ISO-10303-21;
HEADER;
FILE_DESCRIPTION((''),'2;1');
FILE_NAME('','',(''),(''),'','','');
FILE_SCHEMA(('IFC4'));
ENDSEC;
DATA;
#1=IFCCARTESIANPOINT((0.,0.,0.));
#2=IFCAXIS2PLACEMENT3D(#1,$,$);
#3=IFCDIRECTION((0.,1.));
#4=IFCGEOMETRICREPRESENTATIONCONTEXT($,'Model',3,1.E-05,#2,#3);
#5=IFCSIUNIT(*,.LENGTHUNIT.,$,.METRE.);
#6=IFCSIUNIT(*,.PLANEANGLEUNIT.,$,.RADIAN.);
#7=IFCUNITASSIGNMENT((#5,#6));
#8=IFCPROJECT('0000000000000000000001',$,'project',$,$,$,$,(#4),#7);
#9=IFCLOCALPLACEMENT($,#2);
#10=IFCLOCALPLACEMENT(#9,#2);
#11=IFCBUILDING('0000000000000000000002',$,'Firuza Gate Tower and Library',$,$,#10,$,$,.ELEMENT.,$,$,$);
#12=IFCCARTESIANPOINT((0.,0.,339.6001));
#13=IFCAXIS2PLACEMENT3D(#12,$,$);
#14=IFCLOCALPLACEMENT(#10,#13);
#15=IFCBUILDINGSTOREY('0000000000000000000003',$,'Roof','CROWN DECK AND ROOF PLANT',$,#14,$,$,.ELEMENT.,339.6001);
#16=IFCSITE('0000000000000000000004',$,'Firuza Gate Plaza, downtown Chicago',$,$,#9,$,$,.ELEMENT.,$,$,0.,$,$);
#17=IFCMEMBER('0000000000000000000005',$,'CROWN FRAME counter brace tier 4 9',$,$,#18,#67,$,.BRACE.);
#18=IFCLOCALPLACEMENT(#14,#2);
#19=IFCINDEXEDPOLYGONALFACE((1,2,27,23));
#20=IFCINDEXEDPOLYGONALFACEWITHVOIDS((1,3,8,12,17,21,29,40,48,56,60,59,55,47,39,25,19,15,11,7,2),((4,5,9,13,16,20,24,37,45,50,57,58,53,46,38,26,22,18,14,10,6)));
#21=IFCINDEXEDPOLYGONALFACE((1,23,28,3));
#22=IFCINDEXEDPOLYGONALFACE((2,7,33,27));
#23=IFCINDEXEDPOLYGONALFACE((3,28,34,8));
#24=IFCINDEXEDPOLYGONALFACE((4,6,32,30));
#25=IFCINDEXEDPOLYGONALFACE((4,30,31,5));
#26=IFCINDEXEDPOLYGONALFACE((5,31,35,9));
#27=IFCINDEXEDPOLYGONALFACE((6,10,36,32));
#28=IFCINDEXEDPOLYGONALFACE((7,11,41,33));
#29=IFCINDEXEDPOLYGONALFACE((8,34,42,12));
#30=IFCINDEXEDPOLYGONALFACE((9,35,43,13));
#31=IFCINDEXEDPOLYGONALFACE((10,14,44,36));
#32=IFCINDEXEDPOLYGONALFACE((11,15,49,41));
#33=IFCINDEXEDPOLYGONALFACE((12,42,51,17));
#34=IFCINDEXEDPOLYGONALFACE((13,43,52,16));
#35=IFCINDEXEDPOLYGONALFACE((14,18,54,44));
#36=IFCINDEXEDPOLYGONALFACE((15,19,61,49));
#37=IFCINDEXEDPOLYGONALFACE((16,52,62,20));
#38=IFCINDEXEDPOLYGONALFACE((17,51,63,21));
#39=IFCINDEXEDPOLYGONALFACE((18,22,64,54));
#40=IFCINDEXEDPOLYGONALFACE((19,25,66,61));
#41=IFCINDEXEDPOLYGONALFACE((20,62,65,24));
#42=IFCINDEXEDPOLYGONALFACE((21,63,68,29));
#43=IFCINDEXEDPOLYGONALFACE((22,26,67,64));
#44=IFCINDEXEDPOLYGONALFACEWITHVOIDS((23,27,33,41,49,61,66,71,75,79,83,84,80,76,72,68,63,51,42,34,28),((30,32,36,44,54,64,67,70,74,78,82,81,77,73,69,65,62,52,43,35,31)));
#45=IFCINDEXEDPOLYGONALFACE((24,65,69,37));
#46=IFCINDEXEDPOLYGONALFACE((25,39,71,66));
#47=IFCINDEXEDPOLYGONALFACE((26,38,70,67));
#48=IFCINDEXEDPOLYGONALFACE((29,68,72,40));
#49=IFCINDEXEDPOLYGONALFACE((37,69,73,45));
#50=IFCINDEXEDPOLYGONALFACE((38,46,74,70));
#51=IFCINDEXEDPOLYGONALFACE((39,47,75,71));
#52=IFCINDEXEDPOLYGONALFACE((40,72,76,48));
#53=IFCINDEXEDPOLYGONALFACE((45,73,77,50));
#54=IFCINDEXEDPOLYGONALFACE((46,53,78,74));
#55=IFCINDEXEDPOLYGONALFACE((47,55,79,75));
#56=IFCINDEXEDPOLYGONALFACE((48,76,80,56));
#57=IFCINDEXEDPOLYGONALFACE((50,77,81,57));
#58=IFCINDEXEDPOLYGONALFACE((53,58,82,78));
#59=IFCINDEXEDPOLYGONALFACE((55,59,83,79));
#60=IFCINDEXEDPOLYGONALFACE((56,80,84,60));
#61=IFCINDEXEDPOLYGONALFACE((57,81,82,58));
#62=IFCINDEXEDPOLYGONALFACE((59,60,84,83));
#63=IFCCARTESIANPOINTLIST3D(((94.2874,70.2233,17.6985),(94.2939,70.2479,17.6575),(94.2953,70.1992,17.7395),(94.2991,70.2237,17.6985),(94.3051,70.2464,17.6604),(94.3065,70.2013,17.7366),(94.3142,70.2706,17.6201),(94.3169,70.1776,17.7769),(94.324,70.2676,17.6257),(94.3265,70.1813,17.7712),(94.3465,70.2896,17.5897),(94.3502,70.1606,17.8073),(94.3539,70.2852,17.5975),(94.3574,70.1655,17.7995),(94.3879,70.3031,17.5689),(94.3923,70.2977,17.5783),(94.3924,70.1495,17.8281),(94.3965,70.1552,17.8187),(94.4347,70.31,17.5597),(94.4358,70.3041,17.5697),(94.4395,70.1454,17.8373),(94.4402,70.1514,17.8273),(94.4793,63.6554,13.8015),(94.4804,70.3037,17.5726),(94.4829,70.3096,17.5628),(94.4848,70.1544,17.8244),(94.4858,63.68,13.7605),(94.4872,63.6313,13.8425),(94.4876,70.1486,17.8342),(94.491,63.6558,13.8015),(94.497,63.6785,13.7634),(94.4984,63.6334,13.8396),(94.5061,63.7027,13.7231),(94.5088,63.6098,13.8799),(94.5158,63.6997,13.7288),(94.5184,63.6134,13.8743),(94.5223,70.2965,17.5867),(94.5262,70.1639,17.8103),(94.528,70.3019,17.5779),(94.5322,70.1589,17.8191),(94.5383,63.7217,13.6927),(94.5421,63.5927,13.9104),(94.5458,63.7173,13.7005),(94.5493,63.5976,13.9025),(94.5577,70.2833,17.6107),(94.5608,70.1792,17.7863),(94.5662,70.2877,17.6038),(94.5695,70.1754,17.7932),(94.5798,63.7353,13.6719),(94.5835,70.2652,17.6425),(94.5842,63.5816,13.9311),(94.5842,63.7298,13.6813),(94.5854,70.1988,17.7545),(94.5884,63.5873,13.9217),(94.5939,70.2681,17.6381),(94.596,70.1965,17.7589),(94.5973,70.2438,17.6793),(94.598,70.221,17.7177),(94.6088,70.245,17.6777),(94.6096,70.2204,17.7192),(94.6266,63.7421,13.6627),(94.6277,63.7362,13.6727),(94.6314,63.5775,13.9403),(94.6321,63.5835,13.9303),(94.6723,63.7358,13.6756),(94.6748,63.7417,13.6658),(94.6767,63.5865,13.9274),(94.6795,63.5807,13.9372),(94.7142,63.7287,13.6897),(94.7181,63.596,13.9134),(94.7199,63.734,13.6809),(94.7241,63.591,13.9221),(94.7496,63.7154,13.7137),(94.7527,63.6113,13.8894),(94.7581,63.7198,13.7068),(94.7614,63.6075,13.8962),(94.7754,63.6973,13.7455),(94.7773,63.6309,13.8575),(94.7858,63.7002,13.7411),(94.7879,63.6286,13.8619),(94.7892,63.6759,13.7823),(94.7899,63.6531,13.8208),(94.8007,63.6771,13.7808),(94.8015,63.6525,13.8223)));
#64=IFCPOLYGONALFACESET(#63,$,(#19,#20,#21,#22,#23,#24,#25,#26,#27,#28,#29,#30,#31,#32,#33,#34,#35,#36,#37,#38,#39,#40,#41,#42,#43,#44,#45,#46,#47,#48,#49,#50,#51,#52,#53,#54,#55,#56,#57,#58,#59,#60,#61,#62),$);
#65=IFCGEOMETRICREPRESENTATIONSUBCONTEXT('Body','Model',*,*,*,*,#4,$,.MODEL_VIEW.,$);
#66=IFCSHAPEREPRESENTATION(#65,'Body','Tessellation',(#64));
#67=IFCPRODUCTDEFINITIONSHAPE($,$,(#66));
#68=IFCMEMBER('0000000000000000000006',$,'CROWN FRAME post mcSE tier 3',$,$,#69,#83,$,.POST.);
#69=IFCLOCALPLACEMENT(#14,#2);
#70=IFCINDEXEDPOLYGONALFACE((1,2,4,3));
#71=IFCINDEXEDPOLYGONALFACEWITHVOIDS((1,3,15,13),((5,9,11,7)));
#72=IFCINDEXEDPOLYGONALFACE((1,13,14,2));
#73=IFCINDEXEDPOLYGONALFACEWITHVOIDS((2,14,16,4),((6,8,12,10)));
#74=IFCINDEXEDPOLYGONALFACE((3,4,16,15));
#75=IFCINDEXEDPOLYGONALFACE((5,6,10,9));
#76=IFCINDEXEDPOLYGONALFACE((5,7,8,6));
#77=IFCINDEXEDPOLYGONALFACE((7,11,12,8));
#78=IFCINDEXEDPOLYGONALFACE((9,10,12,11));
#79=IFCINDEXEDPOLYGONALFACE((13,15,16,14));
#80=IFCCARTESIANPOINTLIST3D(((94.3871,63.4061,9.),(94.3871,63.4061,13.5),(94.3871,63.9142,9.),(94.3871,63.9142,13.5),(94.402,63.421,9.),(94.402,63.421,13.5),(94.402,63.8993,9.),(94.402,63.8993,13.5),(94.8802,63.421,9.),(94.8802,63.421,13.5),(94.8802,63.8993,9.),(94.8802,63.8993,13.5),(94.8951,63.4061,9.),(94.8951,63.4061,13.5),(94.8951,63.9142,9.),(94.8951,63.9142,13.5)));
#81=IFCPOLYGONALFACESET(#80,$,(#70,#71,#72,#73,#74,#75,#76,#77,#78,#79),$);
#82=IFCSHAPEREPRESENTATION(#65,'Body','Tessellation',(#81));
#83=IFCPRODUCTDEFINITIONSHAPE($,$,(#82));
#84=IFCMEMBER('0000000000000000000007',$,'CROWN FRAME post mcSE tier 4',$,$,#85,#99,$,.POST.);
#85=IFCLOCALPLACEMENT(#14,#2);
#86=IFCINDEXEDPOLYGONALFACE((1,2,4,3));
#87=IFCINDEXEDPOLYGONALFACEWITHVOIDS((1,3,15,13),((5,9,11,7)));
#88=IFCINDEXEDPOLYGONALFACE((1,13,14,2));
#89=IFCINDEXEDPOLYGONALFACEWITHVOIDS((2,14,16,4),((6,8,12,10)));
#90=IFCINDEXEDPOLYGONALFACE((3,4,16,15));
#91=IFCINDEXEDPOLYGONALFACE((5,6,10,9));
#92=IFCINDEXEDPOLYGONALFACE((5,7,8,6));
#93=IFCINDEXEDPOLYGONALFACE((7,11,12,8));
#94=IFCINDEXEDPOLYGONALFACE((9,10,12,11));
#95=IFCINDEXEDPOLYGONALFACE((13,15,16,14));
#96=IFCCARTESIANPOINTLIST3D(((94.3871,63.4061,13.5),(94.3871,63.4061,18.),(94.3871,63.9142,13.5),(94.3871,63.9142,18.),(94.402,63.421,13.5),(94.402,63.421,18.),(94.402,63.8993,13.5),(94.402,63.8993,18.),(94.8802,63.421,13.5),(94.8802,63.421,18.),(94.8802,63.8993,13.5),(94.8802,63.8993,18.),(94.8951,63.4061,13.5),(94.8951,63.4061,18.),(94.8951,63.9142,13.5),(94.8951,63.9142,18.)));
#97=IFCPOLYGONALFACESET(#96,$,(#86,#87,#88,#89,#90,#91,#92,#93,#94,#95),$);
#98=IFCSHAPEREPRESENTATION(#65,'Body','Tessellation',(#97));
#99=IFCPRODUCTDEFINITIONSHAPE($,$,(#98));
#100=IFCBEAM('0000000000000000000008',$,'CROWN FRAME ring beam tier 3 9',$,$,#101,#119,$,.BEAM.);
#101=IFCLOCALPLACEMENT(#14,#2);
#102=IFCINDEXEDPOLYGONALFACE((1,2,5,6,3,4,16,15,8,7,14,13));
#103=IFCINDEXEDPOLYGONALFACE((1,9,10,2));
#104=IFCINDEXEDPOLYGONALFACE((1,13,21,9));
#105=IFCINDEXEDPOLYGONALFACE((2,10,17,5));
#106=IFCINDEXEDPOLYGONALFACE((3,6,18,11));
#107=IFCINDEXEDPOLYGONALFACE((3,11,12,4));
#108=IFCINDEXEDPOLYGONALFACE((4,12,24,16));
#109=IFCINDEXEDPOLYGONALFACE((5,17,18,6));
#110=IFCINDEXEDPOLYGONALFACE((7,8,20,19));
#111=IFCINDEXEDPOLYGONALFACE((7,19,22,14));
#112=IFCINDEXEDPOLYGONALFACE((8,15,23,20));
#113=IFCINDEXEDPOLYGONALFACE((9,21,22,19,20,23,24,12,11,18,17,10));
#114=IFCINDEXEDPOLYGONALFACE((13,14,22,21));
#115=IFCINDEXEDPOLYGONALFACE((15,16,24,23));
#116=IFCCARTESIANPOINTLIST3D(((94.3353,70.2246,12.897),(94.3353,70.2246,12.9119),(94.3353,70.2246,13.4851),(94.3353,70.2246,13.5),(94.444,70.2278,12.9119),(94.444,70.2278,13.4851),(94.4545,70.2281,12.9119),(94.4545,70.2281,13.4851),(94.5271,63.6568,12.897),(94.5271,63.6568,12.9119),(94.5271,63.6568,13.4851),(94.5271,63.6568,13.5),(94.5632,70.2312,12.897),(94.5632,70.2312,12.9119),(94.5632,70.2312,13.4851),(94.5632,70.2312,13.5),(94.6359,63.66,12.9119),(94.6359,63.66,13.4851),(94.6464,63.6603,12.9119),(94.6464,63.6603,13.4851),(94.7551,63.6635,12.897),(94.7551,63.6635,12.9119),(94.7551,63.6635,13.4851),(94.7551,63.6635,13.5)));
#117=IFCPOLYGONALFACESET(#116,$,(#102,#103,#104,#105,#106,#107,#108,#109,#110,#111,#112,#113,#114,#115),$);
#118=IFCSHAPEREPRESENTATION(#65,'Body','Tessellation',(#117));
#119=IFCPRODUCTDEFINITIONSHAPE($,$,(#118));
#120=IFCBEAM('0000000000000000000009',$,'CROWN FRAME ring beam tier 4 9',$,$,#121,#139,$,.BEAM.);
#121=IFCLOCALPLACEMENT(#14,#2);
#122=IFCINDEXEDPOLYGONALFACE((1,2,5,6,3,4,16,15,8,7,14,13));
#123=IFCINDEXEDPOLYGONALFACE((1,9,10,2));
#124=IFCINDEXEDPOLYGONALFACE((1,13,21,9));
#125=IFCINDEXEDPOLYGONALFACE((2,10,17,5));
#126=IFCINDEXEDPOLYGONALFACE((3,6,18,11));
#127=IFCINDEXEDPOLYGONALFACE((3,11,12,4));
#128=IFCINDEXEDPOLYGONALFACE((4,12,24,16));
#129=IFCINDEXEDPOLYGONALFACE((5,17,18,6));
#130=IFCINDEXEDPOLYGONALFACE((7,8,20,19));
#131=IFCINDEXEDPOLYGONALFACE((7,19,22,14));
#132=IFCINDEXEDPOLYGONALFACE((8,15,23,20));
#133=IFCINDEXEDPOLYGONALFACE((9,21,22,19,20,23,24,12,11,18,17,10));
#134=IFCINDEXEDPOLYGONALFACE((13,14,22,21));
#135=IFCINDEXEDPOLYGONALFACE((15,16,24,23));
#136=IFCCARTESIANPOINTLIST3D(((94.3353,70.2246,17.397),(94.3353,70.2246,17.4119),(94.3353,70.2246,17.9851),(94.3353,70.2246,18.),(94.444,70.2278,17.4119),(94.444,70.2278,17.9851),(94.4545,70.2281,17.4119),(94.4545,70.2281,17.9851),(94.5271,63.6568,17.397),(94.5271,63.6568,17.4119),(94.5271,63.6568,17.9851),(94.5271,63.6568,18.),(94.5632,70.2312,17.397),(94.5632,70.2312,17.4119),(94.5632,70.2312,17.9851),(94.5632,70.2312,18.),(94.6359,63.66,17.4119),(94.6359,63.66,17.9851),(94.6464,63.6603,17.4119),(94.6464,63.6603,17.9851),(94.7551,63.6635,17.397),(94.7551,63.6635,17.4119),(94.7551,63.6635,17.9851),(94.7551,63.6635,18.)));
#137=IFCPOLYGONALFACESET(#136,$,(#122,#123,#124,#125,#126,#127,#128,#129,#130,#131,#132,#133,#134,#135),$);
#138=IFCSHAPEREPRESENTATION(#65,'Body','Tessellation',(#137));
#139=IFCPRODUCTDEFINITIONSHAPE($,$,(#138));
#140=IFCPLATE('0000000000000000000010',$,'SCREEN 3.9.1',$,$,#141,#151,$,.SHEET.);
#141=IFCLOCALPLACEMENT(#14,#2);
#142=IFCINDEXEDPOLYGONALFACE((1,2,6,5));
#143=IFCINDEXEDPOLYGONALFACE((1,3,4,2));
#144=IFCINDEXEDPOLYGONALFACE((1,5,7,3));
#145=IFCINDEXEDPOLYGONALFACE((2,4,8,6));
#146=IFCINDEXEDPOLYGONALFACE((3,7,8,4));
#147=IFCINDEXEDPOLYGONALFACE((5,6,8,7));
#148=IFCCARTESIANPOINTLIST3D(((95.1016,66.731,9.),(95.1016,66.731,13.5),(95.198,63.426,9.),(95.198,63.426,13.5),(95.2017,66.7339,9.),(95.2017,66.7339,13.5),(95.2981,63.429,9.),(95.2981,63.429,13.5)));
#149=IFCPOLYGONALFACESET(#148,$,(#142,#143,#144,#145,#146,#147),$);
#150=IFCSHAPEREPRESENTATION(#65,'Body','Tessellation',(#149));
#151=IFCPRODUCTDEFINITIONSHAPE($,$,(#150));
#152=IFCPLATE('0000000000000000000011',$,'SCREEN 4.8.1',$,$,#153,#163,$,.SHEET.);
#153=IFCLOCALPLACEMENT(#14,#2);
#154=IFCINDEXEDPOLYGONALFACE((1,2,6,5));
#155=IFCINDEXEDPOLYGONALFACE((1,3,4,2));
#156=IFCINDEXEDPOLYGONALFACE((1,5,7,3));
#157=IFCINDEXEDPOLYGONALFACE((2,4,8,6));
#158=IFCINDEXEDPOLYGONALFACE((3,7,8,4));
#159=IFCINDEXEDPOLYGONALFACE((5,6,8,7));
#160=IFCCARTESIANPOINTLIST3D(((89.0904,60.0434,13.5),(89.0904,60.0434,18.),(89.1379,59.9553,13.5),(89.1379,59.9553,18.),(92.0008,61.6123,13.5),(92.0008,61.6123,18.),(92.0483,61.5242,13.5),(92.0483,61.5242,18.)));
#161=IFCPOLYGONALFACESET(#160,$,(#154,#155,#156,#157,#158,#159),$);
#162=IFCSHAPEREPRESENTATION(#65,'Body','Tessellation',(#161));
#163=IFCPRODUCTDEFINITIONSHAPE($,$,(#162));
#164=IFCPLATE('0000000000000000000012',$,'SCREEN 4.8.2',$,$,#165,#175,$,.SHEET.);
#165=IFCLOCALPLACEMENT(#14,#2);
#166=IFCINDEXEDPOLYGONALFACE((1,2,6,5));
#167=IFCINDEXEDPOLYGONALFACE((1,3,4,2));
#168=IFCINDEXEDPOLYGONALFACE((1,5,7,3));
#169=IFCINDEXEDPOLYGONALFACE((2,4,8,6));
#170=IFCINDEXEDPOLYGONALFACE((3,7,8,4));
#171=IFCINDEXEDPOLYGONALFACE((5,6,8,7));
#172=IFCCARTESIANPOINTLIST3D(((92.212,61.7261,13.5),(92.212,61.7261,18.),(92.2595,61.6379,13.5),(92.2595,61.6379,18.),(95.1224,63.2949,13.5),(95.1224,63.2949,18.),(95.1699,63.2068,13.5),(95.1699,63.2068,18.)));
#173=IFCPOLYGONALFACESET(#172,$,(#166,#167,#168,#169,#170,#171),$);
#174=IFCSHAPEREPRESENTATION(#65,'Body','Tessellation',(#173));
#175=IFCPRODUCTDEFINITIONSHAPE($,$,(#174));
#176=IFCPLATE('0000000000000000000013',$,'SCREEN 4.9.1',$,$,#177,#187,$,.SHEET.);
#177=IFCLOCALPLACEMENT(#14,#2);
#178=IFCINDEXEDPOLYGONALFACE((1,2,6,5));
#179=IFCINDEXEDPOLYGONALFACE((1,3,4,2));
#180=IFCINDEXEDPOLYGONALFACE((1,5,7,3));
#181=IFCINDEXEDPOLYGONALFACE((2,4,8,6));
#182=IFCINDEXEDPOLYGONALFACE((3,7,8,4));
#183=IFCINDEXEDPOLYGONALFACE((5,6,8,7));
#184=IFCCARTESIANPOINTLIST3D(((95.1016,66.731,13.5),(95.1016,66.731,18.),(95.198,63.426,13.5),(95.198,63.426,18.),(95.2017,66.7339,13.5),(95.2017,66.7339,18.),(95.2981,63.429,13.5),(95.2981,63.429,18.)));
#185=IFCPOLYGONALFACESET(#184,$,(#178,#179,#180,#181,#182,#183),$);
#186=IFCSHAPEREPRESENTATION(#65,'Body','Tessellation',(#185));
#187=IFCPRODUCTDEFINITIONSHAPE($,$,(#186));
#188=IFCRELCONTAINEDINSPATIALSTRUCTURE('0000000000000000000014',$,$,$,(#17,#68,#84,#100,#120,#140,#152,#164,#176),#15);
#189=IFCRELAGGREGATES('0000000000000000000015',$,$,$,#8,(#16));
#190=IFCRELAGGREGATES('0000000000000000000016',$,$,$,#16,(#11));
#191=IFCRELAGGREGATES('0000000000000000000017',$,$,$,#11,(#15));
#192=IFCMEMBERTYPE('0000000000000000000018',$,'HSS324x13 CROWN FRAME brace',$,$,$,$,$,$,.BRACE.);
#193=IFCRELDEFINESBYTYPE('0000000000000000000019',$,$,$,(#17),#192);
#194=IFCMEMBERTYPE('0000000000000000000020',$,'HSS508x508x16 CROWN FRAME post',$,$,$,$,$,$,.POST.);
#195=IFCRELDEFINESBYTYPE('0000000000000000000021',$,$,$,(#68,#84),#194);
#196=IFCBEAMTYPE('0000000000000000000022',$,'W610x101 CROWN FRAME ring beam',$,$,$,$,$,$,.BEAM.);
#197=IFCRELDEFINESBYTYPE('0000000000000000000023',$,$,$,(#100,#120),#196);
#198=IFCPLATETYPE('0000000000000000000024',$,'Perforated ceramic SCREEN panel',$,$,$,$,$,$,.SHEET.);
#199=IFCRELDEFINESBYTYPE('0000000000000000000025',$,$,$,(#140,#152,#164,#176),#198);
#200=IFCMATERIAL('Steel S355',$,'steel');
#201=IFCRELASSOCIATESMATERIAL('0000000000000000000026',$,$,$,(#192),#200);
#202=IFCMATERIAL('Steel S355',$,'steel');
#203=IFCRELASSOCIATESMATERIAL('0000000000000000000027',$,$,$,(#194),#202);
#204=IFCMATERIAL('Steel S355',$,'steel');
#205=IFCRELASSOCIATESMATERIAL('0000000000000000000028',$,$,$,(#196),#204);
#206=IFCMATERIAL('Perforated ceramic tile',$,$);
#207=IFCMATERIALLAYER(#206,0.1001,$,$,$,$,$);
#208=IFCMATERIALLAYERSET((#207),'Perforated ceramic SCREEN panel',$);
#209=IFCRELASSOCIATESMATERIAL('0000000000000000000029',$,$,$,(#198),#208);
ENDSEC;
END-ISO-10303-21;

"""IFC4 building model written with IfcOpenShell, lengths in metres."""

from ifc_helpers import new_model, si_unit, direction, frame, origin, origin_2d, place, context, subcontext, project, spatial, polyline, hollow_rectangle, hollow_circle, i_section, outline, extrude, material, layer, layer_set, material_profile, profile_set, type_object, element, save


model = new_model("IFC4")

# Units and contexts
model_context = context("Model", 3, precision=1e-05, world=origin(), true_north=direction((0.0, 1.0)))
body_context = subcontext(model_context, "Body", "Model", "MODEL_VIEW")
ifc_project = project(units=[si_unit("LENGTHUNIT", "METRE"), si_unit("PLANEANGLEUNIT", "RADIAN")], contexts=[model_context])

# Site, building, storey
site_placement = place(None, origin())
site = spatial("IfcSite", under=ifc_project, at=site_placement, Name="Firuza Gate Plaza, downtown Chicago", CompositionType="ELEMENT", RefElevation=0.0)
building_placement = place(site_placement, origin())
building = spatial("IfcBuilding", under=site, at=building_placement, Name="Firuza Gate Tower and Library", CompositionType="ELEMENT")
storey_placement = place(building_placement, frame((0.0, 0.0, 339.6001)))
storey = spatial("IfcBuildingStorey", under=building, at=storey_placement, Name="Roof", Description="CROWN DECK AND ROOF PLANT", CompositionType="ELEMENT", Elevation=339.6001)

# Members
ifc_material_1 = material(Name="Steel S355", Category="steel")
ifc_material_profile_1 = material_profile(ifc_material_1, hollow_circle(Radius=0.1619, WallThickness=0.0117, at=origin_2d()))
ifc_profile_set_1 = profile_set([ifc_material_profile_1], Name="Steel S355")
member_type_1 = type_object("IfcMemberType", Name="HSS324x13 CROWN FRAME brace", PredefinedType="BRACE", material=ifc_profile_set_1)
for number, where, z_axis, x_axis, name in (
    (1, (94.6411, 63.6602, 13.8015), (-0.025119, 0.859739, 0.510116), (-0.999573, -0.029205, 0.0), "CROWN FRAME counter brace tier 4 9"),
):
    element("IfcMember", number, at=place(storey_placement, frame(where, z_axis=z_axis, x_axis=x_axis)), inside=storey, type_object=member_type_1, Name=name, PredefinedType="BRACE", context=body_context, shape_type="SweptSolid", body=[
        extrude(hollow_circle(Radius=0.1619, WallThickness=0.0117, at=origin_2d()), origin(), (0.0, 0.0, 1.0), 7.6394),
    ])
ifc_material_2 = material(Name="Steel S355", Category="steel")
ifc_material_profile_2 = material_profile(ifc_material_2, hollow_rectangle(XDim=0.5081, YDim=0.5081, WallThickness=0.0149, at=origin_2d()))
ifc_profile_set_2 = profile_set([ifc_material_profile_2], Name="Steel S355")
member_type_2 = type_object("IfcMemberType", Name="HSS508x508x16 CROWN FRAME post", PredefinedType="POST", material=ifc_profile_set_2)
for number, where, z_axis, x_axis, name in (
    (2, (94.6411, 63.6602, 9.0), (0.0, 0.0, 1.0), (1.0, 0.0, 0.0), "CROWN FRAME post mcSE tier 3"),
    (3, (94.6411, 63.6602, 13.5), (0.0, 0.0, 1.0), (1.0, 0.0, 0.0), "CROWN FRAME post mcSE tier 4"),
):
    element("IfcMember", number, at=place(storey_placement, frame(where, z_axis=z_axis, x_axis=x_axis)), inside=storey, type_object=member_type_2, Name=name, PredefinedType="POST", context=body_context, shape_type="SweptSolid", body=[
        extrude(hollow_rectangle(XDim=0.5081, YDim=0.5081, WallThickness=0.0149, at=origin_2d()), origin(), (0.0, 0.0, 1.0), 4.5),
    ])

# Beams
ifc_material_3 = material(Name="Steel S355", Category="steel")
ifc_material_profile_3 = material_profile(ifc_material_3, i_section(OverallWidth=0.228, OverallDepth=0.603, WebThickness=0.0105, FlangeThickness=0.0149, at=origin_2d()))
ifc_profile_set_3 = profile_set([ifc_material_profile_3], Name="Steel S355")
beam_type = type_object("IfcBeamType", Name="W610x101 CROWN FRAME ring beam", PredefinedType="BEAM", material=ifc_profile_set_3)
for number, where, z_axis, x_axis, name in (
    (4, (94.6411, 63.6602, 13.1985), (-0.029205, 0.999573, 0.0), (-0.999573, -0.029205, 0.0), "CROWN FRAME ring beam tier 3 9"),
    (5, (94.6411, 63.6602, 17.6985), (-0.029205, 0.999573, 0.0), (-0.999573, -0.029205, 0.0), "CROWN FRAME ring beam tier 4 9"),
):
    element("IfcBeam", number, at=place(storey_placement, frame(where, z_axis=z_axis, x_axis=x_axis)), inside=storey, type_object=beam_type, Name=name, PredefinedType="BEAM", context=body_context, shape_type="SweptSolid", body=[
        extrude(i_section(OverallWidth=0.228, OverallDepth=0.603, WebThickness=0.0105, FlangeThickness=0.0149, at=origin_2d()), origin(), (0.0, 0.0, 1.0), 6.5706),
    ])

# Plates
ifc_material_4 = material(Name="Perforated ceramic tile")
ifc_layer_1 = layer(ifc_material_4, 0.1001)
ifc_layer_set_1 = layer_set([ifc_layer_1], Name="Perforated ceramic SCREEN panel")
plate_type_1 = type_object("IfcPlateType", Name="Perforated ceramic SCREEN panel", PredefinedType="SHEET", material=ifc_layer_set_1)
plate_1_placement = place(storey_placement, frame((95.2981, 63.429, 9.0), z_axis=(0.999575, 0.029167, 0.0), x_axis=(-0.029167, 0.999575, 0.0)))
element("IfcPlate", 6, at=plate_1_placement, inside=storey, type_object=plate_type_1, Name="SCREEN 3.9.1", PredefinedType="SHEET", context=body_context, shape_type="SweptSolid", body=[
    extrude(outline(polyline([(0.0, 0.0), (3.3063, 0.0), (3.3063, 4.5), (0.0, 4.5), (0.0, 0.0)])), origin(), (0.0, 0.0, -1.0), 0.1001),
])
for number, where, z_axis, x_axis, name in (
    (7, (89.1379, 59.9553, 13.5), (0.4745, -0.880255, 0.0), (0.880255, 0.4745, 0.0), "SCREEN 4.8.1"),
    (8, (92.2595, 61.6379, 13.5), (0.4745, -0.880255, 0.0), (0.880255, 0.4745, 0.0), "SCREEN 4.8.2"),
):
    element("IfcPlate", number, at=place(storey_placement, frame(where, z_axis=z_axis, x_axis=x_axis)), inside=storey, type_object=plate_type_1, Name=name, PredefinedType="SHEET", context=body_context, shape_type="SweptSolid", body=[
        extrude(outline(polyline([(0.0, 0.0), (3.3063, 0.0), (3.3063, 4.5), (0.0, 4.5), (0.0, 0.0)])), origin(), (0.0, 0.0, -1.0), 0.1001),
    ])
plate_2_placement = place(storey_placement, frame((95.2981, 63.429, 13.5), z_axis=(0.999575, 0.029167, 0.0), x_axis=(-0.029167, 0.999575, 0.0)))
element("IfcPlate", 9, at=plate_2_placement, inside=storey, type_object=plate_type_1, Name="SCREEN 4.9.1", PredefinedType="SHEET", context=body_context, shape_type="SweptSolid", body=[
    extrude(outline(polyline([(0.0, 0.0), (3.3063, 0.0), (3.3063, 4.5), (0.0, 4.5), (0.0, 0.0)])), origin(), (0.0, 0.0, -1.0), 0.1001),
])

save(model, "model.ifc")
